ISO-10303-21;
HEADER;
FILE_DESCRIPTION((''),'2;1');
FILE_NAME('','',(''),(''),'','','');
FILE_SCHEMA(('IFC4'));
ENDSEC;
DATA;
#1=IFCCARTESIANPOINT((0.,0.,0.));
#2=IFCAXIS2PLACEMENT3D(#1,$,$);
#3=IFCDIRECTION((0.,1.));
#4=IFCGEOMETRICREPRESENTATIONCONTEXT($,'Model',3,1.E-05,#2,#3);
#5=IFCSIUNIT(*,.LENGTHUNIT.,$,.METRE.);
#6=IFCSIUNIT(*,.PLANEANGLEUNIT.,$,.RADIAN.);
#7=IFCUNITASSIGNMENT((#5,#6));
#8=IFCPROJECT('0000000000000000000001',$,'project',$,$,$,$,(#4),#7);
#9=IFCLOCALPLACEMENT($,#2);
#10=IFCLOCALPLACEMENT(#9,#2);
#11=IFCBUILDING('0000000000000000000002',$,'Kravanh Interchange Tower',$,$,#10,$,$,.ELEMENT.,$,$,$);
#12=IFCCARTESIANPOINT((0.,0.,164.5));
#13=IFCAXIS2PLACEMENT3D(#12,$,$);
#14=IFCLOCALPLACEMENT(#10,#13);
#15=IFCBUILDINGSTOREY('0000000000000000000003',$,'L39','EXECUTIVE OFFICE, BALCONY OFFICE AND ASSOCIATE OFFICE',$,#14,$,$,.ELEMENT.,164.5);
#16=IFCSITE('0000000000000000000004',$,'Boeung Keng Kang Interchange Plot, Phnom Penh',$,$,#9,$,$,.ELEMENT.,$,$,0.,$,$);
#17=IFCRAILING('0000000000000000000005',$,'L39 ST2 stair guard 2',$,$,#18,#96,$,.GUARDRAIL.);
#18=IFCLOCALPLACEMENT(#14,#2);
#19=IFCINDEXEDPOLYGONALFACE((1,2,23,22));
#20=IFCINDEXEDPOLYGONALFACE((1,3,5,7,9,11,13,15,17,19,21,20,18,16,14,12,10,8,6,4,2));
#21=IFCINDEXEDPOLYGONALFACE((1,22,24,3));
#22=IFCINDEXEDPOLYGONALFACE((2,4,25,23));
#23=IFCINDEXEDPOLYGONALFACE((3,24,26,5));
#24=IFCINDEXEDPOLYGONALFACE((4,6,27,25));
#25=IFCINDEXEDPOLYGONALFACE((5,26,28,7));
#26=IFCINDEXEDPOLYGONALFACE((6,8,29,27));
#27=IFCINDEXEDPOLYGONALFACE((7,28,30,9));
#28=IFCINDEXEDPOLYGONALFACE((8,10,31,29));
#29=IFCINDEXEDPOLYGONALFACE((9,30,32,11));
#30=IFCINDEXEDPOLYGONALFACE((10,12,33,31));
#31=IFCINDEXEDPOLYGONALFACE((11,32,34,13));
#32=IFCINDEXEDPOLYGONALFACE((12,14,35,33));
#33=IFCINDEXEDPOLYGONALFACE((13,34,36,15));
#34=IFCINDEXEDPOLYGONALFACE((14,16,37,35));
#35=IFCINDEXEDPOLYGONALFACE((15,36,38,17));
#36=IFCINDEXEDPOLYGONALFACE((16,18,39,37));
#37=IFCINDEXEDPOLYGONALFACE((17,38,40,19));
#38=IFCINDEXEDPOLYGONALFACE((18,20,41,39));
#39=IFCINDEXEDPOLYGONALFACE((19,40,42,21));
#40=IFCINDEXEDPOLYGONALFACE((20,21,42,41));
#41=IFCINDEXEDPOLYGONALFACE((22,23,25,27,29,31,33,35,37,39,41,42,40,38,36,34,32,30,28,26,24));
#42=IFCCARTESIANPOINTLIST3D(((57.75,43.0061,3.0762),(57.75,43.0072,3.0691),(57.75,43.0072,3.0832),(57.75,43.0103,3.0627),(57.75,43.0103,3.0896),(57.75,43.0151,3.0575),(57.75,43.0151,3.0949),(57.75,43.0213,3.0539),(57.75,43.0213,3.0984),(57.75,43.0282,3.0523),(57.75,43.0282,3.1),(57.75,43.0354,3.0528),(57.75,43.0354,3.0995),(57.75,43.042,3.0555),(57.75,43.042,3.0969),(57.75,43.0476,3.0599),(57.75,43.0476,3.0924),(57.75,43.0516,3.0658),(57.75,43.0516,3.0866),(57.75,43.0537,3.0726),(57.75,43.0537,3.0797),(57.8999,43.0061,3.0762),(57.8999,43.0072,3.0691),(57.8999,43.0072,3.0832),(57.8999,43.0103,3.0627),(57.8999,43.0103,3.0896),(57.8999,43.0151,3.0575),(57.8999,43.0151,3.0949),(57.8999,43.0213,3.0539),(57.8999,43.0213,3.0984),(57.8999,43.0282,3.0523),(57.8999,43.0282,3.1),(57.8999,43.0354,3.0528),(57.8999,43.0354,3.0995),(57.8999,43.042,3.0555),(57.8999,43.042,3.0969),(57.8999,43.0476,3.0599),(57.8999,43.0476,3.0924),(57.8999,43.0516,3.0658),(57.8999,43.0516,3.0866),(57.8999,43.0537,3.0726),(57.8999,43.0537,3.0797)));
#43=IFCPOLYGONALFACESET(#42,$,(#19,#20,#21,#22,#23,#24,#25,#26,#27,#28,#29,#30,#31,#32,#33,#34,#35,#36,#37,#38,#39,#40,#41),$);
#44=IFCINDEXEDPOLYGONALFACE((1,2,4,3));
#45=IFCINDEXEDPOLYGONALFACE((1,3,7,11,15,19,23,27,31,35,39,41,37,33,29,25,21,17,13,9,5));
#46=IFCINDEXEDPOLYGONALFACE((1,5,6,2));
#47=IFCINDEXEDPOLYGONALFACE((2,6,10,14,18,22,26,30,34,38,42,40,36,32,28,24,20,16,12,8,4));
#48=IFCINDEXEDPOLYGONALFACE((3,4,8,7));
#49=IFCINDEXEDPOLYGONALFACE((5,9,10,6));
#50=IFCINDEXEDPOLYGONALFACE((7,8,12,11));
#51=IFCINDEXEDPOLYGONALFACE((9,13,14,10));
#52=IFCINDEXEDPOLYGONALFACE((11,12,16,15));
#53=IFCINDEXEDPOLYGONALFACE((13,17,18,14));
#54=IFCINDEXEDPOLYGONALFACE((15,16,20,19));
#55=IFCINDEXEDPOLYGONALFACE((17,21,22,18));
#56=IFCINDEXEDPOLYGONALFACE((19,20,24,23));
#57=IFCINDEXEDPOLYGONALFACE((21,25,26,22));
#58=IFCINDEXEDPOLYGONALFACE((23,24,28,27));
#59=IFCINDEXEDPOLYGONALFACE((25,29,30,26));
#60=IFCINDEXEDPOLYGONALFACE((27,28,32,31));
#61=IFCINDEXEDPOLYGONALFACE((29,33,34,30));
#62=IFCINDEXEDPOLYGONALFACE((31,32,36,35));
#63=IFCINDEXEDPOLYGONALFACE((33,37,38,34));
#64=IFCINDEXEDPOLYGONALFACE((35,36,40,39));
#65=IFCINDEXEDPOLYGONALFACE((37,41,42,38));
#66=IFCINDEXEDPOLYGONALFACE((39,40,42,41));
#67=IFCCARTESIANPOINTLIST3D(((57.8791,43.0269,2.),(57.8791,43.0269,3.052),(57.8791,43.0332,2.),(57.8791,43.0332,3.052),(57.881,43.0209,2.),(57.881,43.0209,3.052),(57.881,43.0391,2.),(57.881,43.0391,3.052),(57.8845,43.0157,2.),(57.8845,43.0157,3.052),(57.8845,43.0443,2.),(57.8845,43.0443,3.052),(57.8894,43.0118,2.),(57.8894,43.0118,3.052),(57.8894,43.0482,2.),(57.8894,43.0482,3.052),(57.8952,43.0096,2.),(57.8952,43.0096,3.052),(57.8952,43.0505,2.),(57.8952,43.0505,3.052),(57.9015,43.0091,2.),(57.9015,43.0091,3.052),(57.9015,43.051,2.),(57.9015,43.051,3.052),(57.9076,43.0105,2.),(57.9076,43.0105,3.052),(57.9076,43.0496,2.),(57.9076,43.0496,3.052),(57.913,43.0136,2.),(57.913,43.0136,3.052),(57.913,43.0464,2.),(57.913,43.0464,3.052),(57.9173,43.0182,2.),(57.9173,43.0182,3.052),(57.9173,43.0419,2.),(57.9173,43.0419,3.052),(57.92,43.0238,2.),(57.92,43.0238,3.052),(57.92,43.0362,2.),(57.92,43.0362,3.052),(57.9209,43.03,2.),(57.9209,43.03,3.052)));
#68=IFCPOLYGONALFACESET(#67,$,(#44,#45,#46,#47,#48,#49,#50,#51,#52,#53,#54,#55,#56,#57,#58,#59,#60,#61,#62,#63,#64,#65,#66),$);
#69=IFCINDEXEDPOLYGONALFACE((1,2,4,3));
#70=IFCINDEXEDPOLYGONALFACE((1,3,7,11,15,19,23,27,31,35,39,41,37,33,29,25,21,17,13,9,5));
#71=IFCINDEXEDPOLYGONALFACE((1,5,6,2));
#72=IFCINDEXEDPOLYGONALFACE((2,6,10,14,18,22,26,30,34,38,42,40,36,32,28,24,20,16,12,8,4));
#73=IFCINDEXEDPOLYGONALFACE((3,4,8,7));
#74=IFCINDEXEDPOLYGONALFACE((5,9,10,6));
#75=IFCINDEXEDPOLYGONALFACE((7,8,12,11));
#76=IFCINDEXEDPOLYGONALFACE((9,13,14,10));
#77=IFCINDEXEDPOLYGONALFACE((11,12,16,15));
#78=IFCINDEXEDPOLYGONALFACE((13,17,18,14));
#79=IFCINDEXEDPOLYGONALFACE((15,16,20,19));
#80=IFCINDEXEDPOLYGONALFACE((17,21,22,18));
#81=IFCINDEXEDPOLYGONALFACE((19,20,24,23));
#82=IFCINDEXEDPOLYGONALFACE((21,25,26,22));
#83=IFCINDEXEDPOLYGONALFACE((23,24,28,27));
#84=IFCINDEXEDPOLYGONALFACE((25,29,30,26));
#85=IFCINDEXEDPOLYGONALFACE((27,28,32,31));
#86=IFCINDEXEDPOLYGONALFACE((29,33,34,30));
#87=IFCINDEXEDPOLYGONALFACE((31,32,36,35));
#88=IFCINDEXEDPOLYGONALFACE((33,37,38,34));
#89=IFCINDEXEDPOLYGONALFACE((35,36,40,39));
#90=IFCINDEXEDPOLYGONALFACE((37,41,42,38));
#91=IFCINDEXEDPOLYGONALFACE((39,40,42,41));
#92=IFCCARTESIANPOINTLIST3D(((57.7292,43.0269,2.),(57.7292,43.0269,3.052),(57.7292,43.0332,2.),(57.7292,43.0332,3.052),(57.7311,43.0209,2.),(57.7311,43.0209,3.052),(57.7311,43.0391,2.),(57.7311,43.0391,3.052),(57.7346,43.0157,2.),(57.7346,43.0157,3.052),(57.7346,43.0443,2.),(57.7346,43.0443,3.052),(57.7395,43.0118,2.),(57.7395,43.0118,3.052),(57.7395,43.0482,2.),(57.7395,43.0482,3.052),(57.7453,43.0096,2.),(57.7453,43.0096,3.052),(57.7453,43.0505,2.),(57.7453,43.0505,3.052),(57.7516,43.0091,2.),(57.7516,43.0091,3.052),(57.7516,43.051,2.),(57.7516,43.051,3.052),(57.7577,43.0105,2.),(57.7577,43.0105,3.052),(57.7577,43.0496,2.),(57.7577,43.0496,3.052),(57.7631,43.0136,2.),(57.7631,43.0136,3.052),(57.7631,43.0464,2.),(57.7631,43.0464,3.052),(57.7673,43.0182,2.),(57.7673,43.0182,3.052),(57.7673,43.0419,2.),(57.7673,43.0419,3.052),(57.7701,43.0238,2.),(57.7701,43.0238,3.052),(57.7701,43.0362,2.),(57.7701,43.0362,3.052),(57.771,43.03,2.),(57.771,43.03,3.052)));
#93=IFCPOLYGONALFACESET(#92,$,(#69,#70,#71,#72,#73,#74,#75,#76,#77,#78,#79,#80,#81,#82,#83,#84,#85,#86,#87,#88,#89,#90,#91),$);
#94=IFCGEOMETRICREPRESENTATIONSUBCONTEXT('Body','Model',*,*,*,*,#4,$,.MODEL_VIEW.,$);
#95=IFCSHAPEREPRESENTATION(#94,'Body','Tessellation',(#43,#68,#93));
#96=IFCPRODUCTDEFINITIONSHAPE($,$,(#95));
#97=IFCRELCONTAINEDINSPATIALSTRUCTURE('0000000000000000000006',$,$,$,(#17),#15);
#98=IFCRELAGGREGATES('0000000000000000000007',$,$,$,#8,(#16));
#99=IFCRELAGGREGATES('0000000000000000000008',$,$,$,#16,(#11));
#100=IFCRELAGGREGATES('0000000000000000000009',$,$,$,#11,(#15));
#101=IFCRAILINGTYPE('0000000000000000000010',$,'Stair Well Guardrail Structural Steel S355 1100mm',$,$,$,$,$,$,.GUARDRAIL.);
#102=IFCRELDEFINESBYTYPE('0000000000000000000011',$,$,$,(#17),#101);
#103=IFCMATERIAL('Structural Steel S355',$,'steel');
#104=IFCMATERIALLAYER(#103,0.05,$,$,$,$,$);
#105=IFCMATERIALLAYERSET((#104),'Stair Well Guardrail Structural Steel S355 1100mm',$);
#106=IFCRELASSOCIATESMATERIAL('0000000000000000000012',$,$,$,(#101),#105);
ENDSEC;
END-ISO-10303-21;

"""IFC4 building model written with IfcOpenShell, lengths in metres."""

from ifc_helpers import new_model, si_unit, direction, frame, origin, origin_2d, place, context, subcontext, project, spatial, circle, extrude, material, layer, layer_set, type_object, element, save


model = new_model("IFC4")

# Units and contexts
model_context = context("Model", 3, precision=1e-05, world=origin(), true_north=direction((0.0, 1.0)))
body_context = subcontext(model_context, "Body", "Model", "MODEL_VIEW")
ifc_project = project(units=[si_unit("LENGTHUNIT", "METRE"), si_unit("PLANEANGLEUNIT", "RADIAN")], contexts=[model_context])

# Site, building, storey
site_placement = place(None, origin())
site = spatial("IfcSite", under=ifc_project, at=site_placement, Name="Boeung Keng Kang Interchange Plot, Phnom Penh", CompositionType="ELEMENT", RefElevation=0.0)
building_placement = place(site_placement, origin())
building = spatial("IfcBuilding", under=site, at=building_placement, Name="Kravanh Interchange Tower", CompositionType="ELEMENT")
storey_placement = place(building_placement, frame((0.0, 0.0, 164.5)))
storey = spatial("IfcBuildingStorey", under=building, at=storey_placement, Name="L39", Description="EXECUTIVE OFFICE, BALCONY OFFICE AND ASSOCIATE OFFICE", CompositionType="ELEMENT", Elevation=164.5)

# Railing
ifc_material_1 = material(Name="Structural Steel S355", Category="steel")
ifc_layer_1 = layer(ifc_material_1, 0.05)
ifc_layer_set_1 = layer_set([ifc_layer_1], Name="Stair Well Guardrail Structural Steel S355 1100mm")
railing_type_1 = type_object("IfcRailingType", Name="Stair Well Guardrail Structural Steel S355 1100mm", PredefinedType="GUARDRAIL", material=ifc_layer_set_1)
railing_1_placement = place(storey_placement, frame((57.8999, 43.03, 2.0)))
element("IfcRailing", 1, at=railing_1_placement, inside=storey, type_object=railing_type_1, Name="L39 ST2 stair guard 2", PredefinedType="GUARDRAIL", context=body_context, shape_type="SweptSolid", body=[
    extrude(circle(Radius=0.0239, at=origin_2d()), frame((0.0, 0.0, 1.0762), z_axis=(-1.0, 0.0, 0.0), x_axis=(0.0, -1.0, 0.0)), (0.0, 0.0, 1.0), 0.1499),
    extrude(circle(Radius=0.021, at=origin_2d()), origin(), (0.0, 0.0, 1.0), 1.052),
    extrude(circle(Radius=0.021, at=origin_2d()), frame((-0.1499, 0.0, 0.0)), (0.0, 0.0, 1.0), 1.052),
])

save(model, "model.ifc")
